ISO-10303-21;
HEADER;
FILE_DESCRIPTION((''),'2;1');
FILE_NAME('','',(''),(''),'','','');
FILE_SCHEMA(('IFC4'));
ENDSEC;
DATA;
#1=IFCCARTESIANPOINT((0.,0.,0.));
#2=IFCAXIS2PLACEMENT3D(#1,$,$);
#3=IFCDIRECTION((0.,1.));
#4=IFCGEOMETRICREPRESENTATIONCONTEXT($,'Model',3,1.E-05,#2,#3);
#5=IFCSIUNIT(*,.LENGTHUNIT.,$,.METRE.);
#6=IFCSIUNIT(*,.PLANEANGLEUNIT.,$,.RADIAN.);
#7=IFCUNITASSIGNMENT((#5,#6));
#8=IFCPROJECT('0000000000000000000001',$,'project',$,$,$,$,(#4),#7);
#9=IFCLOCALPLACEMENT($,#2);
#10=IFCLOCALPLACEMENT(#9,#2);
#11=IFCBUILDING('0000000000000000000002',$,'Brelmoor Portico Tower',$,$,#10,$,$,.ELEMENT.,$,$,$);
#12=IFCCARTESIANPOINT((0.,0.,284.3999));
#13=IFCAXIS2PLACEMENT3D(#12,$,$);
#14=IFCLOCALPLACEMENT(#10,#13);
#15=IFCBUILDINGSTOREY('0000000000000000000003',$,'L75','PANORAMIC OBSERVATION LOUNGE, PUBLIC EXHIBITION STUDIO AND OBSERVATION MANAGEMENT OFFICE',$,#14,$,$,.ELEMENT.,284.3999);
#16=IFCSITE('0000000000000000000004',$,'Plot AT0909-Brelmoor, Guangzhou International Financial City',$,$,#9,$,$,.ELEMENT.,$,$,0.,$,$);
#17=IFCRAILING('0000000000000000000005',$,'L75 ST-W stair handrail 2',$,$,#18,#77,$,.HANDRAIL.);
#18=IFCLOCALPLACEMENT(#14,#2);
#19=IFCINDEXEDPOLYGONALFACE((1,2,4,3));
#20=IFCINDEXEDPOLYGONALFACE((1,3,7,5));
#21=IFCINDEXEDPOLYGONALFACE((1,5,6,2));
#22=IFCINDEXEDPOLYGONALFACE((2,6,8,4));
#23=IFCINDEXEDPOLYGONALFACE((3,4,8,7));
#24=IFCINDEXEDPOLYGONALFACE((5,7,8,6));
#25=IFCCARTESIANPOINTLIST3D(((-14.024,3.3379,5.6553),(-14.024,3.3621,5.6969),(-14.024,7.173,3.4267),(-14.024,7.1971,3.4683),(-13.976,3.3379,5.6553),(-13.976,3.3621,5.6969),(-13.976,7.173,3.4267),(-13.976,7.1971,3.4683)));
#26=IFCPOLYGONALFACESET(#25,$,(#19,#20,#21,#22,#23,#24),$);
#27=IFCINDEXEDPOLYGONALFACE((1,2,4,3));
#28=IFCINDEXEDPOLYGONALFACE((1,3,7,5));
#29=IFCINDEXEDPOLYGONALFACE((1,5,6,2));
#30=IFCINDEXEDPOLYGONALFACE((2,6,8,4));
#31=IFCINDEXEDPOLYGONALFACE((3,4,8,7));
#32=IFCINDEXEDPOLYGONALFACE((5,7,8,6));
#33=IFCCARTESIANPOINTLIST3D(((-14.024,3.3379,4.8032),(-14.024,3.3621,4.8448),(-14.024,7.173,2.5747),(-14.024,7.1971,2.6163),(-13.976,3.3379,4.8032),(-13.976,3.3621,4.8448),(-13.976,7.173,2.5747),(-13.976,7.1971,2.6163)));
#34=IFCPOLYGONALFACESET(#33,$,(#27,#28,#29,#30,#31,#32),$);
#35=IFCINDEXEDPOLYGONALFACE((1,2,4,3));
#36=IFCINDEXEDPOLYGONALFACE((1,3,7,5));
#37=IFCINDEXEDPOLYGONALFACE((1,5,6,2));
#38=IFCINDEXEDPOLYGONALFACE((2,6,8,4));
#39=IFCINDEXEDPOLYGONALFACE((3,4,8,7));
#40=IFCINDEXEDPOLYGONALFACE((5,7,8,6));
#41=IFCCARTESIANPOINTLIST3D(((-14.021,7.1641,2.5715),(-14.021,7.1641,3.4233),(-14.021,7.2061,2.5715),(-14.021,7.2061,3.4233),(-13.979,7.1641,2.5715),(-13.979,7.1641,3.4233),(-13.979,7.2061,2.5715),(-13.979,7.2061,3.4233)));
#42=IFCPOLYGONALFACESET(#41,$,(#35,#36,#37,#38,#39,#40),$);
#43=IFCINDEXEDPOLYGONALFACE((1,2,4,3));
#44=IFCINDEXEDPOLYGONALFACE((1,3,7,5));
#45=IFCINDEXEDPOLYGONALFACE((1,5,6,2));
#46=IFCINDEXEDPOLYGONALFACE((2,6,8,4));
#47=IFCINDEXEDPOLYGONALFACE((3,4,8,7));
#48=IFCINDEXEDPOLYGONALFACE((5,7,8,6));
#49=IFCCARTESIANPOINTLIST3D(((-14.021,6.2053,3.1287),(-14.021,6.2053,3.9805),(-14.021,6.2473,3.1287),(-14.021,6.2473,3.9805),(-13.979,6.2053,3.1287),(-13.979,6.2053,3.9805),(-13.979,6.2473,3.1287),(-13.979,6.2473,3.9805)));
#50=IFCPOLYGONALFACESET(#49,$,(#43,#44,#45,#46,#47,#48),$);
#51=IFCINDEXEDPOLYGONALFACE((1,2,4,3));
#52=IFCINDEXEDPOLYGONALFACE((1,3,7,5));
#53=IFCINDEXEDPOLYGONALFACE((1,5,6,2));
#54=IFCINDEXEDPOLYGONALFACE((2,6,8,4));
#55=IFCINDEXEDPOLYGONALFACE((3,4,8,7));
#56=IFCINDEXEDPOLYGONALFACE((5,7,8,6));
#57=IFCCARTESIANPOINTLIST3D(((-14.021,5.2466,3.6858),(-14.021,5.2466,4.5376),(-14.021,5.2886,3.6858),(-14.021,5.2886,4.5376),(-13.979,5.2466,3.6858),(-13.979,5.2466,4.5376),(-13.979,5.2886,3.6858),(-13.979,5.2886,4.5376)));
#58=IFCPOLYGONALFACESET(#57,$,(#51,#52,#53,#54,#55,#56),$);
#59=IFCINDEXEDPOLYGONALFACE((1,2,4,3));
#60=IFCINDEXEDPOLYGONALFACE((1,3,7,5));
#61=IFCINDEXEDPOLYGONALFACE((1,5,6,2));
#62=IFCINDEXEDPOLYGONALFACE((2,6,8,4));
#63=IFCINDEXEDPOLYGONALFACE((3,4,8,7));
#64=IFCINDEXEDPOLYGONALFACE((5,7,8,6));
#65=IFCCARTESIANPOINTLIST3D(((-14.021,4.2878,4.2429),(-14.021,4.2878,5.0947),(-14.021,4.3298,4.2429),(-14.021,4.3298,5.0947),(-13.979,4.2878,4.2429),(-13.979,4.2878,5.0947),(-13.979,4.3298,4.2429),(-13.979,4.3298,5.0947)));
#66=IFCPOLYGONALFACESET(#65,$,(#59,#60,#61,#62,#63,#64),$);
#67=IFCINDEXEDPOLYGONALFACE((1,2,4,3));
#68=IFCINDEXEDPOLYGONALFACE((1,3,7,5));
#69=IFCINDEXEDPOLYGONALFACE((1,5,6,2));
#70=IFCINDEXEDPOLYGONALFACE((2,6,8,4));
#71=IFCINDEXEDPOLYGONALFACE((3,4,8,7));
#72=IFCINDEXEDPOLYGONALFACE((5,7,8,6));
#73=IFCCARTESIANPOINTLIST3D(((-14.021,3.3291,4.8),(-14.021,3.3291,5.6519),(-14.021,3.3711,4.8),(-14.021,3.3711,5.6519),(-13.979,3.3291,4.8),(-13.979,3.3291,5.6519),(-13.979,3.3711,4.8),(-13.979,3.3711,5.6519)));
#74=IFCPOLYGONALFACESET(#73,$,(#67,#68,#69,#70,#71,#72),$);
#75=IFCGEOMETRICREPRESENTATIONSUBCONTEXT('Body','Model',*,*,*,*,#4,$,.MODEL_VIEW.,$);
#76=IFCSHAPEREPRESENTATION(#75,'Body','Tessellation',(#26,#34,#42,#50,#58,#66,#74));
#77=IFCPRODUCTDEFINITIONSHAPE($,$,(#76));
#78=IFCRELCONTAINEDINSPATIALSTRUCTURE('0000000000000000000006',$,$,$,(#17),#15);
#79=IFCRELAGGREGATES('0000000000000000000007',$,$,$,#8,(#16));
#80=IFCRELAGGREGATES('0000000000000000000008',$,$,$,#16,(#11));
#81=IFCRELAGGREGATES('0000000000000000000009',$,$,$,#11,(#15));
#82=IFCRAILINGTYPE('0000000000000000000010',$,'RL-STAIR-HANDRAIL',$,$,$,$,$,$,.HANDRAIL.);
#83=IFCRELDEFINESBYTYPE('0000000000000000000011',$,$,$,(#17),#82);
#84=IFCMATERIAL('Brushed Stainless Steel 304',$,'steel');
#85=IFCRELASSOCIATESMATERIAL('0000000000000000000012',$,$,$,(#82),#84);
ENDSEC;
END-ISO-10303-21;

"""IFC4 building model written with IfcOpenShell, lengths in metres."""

from ifc_helpers import new_model, si_unit, direction, frame, origin, origin_2d, place, context, subcontext, project, spatial, rectangle, extrude, material, type_object, element, save


model = new_model("IFC4")

# Units and contexts
model_context = context("Model", 3, precision=1e-05, world=origin(), true_north=direction((0.0, 1.0)))
body_context = subcontext(model_context, "Body", "Model", "MODEL_VIEW")
ifc_project = project(units=[si_unit("LENGTHUNIT", "METRE"), si_unit("PLANEANGLEUNIT", "RADIAN")], contexts=[model_context])

# Site, building, storey
site_placement = place(None, origin())
site = spatial("IfcSite", under=ifc_project, at=site_placement, Name="Plot AT0909-Brelmoor, Guangzhou International Financial City", CompositionType="ELEMENT", RefElevation=0.0)
building_placement = place(site_placement, origin())
building = spatial("IfcBuilding", under=site, at=building_placement, Name="Brelmoor Portico Tower", CompositionType="ELEMENT")
storey_placement = place(building_placement, frame((0.0, 0.0, 284.3999)))
storey = spatial("IfcBuildingStorey", under=building, at=storey_placement, Name="L75", Description="PANORAMIC OBSERVATION LOUNGE, PUBLIC EXHIBITION STUDIO AND OBSERVATION MANAGEMENT OFFICE", CompositionType="ELEMENT", Elevation=284.3999)

# Railing
ifc_material_1 = material(Name="Brushed Stainless Steel 304", Category="steel")
railing_type = type_object("IfcRailingType", Name="RL-STAIR-HANDRAIL", PredefinedType="HANDRAIL", material=ifc_material_1)
railing_placement = place(storey_placement, frame((-14.0, 7.1851, 2.5715)))
element("IfcRailing", 1, at=railing_placement, inside=storey, type_object=railing_type, Name="L75 ST-W stair handrail 2", PredefinedType="HANDRAIL", context=body_context, shape_type="SweptSolid", body=[
    extrude(rectangle(XDim=0.0481, YDim=0.0481, at=origin_2d()), frame((0.0, 0.0, 0.876), z_axis=(0.0, -0.864616, 0.502433), x_axis=(1.0, 0.0, 0.0)), (0.0, 0.0, 1.0), 4.4355),
    extrude(rectangle(XDim=0.0481, YDim=0.0481, at=origin_2d()), frame((0.0, 0.0, 0.0239), z_axis=(0.0, -0.864616, 0.502433), x_axis=(1.0, 0.0, 0.0)), (0.0, 0.0, 1.0), 4.4355),
    extrude(rectangle(XDim=0.042, YDim=0.042, at=origin_2d()), origin(), (0.0, 0.0, 1.0), 0.8518),
    extrude(rectangle(XDim=0.042, YDim=0.042, at=origin_2d()), frame((0.0, -0.9587, 0.5571)), (0.0, 0.0, 1.0), 0.8518),
    extrude(rectangle(XDim=0.042, YDim=0.042, at=origin_2d()), frame((0.0, -1.9175, 1.1143)), (0.0, 0.0, 1.0), 0.8518),
    extrude(rectangle(XDim=0.042, YDim=0.042, at=origin_2d()), frame((0.0, -2.8762, 1.6714)), (0.0, 0.0, 1.0), 0.8518),
    extrude(rectangle(XDim=0.042, YDim=0.042, at=origin_2d()), frame((0.0, -3.835, 2.2285)), (0.0, 0.0, 1.0), 0.8518),
])

save(model, "model.ifc")
